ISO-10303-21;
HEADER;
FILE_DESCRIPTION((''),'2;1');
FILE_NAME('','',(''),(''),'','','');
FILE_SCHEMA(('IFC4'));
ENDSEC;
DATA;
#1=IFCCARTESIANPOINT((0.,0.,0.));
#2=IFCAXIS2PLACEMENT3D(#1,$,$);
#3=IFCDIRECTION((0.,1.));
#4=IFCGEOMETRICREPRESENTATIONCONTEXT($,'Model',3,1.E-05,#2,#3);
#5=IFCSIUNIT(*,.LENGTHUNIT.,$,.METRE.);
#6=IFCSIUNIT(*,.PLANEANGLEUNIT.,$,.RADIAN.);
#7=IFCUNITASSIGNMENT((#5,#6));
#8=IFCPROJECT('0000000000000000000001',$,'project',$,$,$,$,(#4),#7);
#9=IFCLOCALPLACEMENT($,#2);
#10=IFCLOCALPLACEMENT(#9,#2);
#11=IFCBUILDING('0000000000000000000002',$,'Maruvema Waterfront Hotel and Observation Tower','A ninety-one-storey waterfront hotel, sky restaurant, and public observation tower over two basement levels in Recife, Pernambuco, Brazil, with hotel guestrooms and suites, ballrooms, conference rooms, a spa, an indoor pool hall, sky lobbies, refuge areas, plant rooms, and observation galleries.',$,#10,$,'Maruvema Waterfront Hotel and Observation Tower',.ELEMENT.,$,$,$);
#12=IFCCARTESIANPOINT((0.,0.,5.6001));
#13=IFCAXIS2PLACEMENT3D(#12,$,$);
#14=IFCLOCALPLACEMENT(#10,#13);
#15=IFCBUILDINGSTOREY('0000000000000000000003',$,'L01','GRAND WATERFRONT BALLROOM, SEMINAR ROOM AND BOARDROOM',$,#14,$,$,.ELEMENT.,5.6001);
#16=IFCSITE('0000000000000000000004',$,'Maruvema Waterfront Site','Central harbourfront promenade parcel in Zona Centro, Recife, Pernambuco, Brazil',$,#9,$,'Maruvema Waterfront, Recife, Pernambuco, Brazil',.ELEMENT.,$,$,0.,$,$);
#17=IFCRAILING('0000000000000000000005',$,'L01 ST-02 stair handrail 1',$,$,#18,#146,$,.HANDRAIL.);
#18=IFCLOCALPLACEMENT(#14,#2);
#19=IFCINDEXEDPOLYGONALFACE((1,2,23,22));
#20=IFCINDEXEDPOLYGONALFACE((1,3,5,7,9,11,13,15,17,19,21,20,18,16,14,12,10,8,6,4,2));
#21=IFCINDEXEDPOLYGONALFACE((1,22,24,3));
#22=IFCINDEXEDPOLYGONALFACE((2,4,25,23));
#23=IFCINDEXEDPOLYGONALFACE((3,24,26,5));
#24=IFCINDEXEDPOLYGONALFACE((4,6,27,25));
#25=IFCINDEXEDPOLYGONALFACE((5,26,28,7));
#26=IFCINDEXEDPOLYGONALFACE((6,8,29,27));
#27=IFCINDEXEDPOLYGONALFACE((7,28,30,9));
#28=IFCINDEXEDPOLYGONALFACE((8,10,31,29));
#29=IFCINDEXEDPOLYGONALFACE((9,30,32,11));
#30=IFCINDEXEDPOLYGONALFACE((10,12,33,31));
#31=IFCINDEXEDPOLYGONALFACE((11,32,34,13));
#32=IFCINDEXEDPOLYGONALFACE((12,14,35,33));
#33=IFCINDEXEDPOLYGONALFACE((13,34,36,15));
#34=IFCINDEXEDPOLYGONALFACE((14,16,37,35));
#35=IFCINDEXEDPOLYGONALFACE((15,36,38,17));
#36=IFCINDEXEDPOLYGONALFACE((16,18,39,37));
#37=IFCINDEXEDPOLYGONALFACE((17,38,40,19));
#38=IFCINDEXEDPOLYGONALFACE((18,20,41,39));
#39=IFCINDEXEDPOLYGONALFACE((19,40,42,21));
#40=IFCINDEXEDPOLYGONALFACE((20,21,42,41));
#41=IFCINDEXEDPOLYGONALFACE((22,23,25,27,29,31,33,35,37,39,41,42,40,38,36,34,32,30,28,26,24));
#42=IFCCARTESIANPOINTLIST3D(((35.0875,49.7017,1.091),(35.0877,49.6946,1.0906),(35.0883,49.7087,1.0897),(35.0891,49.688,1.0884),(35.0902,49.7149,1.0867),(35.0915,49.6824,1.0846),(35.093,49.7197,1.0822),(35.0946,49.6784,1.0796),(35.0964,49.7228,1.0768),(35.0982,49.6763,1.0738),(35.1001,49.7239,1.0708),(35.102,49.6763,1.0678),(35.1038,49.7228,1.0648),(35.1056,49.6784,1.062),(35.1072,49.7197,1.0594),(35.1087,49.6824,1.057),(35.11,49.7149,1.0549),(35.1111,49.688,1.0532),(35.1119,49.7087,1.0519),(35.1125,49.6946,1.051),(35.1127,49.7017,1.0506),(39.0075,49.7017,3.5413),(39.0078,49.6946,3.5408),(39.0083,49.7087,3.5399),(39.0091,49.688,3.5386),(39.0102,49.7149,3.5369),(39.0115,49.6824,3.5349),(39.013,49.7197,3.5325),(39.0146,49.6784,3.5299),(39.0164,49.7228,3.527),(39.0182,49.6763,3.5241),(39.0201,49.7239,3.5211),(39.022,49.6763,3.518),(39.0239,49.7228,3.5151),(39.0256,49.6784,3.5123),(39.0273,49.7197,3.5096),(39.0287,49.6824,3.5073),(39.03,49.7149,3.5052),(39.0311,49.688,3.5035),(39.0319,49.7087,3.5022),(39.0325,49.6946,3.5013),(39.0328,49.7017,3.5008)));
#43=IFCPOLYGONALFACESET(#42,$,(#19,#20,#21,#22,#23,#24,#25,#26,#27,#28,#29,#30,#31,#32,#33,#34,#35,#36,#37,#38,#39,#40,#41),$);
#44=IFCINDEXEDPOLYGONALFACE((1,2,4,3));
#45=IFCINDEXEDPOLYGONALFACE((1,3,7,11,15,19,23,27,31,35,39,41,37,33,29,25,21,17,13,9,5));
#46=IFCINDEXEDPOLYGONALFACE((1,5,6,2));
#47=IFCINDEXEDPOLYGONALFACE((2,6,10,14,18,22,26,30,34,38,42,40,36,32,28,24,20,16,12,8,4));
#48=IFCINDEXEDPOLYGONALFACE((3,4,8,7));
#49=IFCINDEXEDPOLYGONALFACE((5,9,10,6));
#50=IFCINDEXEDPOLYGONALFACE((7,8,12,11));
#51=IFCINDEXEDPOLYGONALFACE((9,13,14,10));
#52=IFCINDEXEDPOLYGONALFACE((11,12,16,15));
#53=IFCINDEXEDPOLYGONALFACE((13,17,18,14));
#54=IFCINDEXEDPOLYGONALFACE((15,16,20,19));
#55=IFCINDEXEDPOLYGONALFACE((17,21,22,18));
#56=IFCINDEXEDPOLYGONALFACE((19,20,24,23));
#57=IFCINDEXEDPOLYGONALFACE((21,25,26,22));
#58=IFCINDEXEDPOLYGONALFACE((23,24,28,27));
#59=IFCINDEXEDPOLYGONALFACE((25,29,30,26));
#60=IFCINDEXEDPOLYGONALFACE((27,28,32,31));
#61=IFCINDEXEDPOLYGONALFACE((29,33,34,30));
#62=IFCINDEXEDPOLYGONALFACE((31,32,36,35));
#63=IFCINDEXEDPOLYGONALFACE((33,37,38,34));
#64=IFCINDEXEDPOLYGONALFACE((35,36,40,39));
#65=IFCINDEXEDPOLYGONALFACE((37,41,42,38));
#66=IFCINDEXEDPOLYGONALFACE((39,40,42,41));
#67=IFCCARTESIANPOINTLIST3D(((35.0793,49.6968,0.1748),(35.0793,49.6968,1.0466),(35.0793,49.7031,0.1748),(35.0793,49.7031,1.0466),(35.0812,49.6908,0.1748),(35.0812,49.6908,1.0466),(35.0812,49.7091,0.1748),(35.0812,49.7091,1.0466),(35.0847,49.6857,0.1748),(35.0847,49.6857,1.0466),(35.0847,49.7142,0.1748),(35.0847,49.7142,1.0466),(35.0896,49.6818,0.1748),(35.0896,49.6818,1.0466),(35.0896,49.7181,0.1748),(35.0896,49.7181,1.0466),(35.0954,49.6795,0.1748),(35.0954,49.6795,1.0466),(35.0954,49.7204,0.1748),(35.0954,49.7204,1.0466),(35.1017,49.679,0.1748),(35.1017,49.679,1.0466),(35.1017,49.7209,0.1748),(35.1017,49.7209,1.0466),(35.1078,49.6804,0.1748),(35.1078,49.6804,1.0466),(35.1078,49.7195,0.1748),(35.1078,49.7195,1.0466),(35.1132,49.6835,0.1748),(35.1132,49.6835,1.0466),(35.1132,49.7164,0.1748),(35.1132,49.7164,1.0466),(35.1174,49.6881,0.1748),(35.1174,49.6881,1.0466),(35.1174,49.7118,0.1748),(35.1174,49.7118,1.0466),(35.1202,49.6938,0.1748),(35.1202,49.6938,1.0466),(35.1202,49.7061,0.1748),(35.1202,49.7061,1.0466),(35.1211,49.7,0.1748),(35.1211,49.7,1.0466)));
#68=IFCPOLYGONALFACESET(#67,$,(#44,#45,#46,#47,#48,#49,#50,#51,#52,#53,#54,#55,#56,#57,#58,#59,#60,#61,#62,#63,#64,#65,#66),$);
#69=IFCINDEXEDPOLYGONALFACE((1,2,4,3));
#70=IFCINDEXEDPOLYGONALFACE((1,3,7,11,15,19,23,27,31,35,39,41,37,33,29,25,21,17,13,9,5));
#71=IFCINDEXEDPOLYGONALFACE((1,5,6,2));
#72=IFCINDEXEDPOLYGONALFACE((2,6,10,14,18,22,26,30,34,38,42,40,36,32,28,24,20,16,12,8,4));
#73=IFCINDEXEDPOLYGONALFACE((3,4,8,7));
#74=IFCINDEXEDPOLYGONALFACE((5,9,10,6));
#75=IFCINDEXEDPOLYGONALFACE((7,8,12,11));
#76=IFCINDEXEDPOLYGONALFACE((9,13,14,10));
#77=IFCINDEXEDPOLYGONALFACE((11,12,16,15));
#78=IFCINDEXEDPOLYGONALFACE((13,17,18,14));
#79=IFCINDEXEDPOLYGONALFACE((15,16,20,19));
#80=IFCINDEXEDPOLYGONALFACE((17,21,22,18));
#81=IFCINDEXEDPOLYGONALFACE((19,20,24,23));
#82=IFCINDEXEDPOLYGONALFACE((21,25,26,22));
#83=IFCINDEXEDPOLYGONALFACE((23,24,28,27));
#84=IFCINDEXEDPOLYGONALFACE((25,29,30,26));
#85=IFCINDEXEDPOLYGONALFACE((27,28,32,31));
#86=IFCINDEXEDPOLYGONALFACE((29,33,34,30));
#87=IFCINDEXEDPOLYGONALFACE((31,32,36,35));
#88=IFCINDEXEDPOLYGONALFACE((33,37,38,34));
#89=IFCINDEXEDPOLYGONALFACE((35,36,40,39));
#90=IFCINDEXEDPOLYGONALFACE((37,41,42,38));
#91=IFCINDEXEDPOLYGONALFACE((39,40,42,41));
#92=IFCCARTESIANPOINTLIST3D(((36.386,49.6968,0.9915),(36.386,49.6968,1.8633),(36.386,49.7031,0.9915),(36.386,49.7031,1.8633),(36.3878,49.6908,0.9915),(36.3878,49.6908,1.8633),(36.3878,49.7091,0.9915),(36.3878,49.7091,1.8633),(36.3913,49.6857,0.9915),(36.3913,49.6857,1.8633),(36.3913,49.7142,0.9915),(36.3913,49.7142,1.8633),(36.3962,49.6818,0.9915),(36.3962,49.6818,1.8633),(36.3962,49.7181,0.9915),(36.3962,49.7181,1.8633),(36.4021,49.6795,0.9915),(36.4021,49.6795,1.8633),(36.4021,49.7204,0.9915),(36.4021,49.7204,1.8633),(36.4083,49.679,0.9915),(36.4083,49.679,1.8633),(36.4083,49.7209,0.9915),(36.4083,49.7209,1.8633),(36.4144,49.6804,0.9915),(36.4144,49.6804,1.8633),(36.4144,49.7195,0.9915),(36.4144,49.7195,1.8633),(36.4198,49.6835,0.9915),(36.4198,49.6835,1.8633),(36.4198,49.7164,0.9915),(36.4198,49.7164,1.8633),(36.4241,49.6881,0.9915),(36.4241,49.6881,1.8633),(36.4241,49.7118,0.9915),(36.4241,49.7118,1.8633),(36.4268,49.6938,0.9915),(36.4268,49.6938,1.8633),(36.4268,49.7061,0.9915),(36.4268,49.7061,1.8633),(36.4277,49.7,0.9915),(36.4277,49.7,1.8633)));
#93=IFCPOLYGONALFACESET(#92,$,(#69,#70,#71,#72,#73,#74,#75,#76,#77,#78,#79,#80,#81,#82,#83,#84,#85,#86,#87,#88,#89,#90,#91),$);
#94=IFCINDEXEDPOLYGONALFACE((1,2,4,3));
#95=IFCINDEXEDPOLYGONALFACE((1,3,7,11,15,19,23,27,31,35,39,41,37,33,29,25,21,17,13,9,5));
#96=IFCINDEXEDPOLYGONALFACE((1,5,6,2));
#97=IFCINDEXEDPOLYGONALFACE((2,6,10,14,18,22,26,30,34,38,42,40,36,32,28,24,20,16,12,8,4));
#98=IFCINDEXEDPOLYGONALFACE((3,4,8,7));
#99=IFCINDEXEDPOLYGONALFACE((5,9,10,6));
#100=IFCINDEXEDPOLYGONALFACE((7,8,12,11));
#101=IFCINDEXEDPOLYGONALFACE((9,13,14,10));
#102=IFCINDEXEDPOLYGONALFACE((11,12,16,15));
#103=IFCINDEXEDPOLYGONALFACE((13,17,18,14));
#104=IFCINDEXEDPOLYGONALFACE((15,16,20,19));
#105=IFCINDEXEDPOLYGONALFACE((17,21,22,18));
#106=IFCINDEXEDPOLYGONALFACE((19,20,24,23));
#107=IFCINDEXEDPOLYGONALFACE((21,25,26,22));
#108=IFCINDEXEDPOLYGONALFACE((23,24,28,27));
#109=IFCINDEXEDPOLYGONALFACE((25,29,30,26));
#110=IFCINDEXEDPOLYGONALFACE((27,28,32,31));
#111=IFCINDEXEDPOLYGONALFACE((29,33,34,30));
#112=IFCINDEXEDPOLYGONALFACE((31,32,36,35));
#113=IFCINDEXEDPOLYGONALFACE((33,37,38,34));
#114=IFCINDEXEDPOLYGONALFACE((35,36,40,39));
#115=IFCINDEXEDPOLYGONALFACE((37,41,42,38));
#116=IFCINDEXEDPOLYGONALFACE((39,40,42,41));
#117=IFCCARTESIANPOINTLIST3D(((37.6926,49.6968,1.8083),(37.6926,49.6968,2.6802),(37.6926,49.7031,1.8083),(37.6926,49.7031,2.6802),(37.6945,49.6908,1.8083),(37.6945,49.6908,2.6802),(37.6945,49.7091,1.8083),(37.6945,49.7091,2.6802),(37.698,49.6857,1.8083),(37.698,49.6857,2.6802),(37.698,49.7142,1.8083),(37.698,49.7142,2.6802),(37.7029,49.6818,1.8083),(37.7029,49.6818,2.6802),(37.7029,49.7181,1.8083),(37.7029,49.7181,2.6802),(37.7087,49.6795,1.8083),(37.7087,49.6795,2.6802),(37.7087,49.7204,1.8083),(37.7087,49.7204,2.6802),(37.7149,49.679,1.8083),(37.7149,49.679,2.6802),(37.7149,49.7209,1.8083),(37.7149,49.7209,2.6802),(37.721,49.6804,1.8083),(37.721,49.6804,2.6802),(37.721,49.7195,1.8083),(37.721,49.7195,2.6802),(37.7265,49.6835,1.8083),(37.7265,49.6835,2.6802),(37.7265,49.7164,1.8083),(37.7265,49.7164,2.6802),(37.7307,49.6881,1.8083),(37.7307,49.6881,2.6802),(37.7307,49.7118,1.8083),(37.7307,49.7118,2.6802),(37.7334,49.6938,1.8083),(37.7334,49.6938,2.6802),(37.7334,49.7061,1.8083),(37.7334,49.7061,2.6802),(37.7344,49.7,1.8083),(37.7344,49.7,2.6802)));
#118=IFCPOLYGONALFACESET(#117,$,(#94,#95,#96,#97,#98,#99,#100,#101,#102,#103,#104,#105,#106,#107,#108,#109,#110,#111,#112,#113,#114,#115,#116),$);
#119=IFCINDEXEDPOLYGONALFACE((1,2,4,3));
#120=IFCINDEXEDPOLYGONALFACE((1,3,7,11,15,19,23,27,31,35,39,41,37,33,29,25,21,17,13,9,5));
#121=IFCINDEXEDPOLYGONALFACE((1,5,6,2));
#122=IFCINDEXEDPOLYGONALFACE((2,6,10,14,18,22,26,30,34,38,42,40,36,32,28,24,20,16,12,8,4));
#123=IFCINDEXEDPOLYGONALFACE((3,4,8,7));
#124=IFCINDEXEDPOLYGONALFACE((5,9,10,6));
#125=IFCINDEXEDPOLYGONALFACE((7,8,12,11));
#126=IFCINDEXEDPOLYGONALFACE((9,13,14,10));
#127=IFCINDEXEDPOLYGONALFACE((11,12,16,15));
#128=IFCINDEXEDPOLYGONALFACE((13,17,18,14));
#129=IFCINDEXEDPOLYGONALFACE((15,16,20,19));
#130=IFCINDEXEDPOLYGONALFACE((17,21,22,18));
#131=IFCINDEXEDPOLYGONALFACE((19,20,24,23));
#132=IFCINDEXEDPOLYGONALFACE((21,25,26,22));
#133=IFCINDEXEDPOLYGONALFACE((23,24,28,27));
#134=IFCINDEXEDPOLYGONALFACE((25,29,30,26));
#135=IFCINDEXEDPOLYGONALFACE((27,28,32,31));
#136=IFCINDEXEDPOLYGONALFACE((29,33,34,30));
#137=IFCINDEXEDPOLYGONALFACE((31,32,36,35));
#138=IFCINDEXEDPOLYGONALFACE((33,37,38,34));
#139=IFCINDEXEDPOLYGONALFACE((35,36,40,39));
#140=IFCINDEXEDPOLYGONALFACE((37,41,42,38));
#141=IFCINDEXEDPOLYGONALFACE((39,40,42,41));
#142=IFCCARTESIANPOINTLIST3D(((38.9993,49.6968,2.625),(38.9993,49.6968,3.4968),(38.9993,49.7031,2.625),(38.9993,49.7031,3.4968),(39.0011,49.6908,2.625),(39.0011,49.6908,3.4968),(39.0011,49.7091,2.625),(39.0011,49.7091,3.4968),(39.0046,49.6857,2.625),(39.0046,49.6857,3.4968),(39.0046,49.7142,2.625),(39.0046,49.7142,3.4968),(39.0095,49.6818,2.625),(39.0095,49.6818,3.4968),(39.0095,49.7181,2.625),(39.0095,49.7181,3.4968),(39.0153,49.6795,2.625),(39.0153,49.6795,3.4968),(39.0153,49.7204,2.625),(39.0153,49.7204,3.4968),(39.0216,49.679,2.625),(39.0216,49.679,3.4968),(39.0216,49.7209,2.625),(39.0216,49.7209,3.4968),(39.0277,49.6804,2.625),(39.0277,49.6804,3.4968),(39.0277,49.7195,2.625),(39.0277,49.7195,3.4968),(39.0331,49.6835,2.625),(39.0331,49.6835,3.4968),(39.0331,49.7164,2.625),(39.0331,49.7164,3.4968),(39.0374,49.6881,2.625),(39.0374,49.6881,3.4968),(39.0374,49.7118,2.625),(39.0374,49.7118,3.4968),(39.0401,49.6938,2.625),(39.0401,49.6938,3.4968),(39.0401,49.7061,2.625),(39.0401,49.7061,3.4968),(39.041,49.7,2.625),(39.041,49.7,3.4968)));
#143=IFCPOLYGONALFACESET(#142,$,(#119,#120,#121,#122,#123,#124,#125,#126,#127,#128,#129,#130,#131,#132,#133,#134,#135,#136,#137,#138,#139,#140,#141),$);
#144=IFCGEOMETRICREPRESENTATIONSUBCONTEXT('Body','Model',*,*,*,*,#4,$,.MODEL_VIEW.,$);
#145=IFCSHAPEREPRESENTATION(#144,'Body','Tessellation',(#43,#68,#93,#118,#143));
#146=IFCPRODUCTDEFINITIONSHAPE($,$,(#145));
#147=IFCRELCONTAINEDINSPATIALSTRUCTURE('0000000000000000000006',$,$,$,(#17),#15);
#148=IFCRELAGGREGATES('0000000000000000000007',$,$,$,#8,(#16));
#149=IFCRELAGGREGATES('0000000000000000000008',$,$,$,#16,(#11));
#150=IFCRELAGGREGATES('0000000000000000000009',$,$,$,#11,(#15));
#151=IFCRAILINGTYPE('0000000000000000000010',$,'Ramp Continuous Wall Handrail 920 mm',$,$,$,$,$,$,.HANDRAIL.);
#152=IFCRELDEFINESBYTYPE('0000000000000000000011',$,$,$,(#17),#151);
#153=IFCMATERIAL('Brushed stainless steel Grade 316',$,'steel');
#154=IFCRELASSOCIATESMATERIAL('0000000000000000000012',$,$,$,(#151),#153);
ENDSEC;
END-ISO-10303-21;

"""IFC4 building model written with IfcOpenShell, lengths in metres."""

from ifc_helpers import new_model, si_unit, direction, frame, origin, origin_2d, place, context, subcontext, project, spatial, circle, extrude, material, type_object, element, save


model = new_model("IFC4")

# Units and contexts
model_context = context("Model", 3, precision=1e-05, world=origin(), true_north=direction((0.0, 1.0)))
body_context = subcontext(model_context, "Body", "Model", "MODEL_VIEW")
ifc_project = project(units=[si_unit("LENGTHUNIT", "METRE"), si_unit("PLANEANGLEUNIT", "RADIAN")], contexts=[model_context])

# Site, building, storey
site_placement = place(None, origin())
site = spatial("IfcSite", under=ifc_project, at=site_placement, Name="Maruvema Waterfront Site", Description="Central harbourfront promenade parcel in Zona Centro, Recife, Pernambuco, Brazil", LongName="Maruvema Waterfront, Recife, Pernambuco, Brazil", CompositionType="ELEMENT", RefElevation=0.0)
building_placement = place(site_placement, origin())
building = spatial("IfcBuilding", under=site, at=building_placement, Name="Maruvema Waterfront Hotel and Observation Tower", Description="A ninety-one-storey waterfront hotel, sky restaurant, and public observation tower over two basement levels in Recife, Pernambuco, Brazil, with hotel guestrooms and suites, ballrooms, conference rooms, a spa, an indoor pool hall, sky lobbies, refuge areas, plant rooms, and observation galleries.", LongName="Maruvema Waterfront Hotel and Observation Tower", CompositionType="ELEMENT")
storey_placement = place(building_placement, frame((0.0, 0.0, 5.6001)))
storey = spatial("IfcBuildingStorey", under=building, at=storey_placement, Name="L01", Description="GRAND WATERFRONT BALLROOM, SEMINAR ROOM AND BOARDROOM", CompositionType="ELEMENT", Elevation=5.6001)

# Railing
ifc_material_1 = material(Name="Brushed stainless steel Grade 316", Category="steel")
railing_type_1 = type_object("IfcRailingType", Name="Ramp Continuous Wall Handrail 920 mm", PredefinedType="HANDRAIL", material=ifc_material_1)
railing_1_placement = place(storey_placement, frame((35.1001, 49.7, 0.1748)))
element("IfcRailing", 1, at=railing_1_placement, inside=storey, type_object=railing_type_1, Name="L01 ST-02 stair handrail 1", PredefinedType="HANDRAIL", context=body_context, shape_type="SweptSolid", body=[
    extrude(circle(Radius=0.0239, at=origin_2d()), frame((0.0, 0.0, 0.896), z_axis=(0.847975, 0.0, 0.530037), x_axis=(0.0, 1.0, 0.0)), (0.0, 0.0, 1.0), 4.6228),
    extrude(circle(Radius=0.021, at=origin_2d()), origin(), (0.0, 0.0, 1.0), 0.8718),
    extrude(circle(Radius=0.021, at=origin_2d()), frame((1.3066, 0.0, 0.8167)), (0.0, 0.0, 1.0), 0.8718),
    extrude(circle(Radius=0.021, at=origin_2d()), frame((2.6133, 0.0, 1.6335)), (0.0, 0.0, 1.0), 0.8718),
    extrude(circle(Radius=0.021, at=origin_2d()), frame((3.9199, 0.0, 2.4502)), (0.0, 0.0, 1.0), 0.8718),
])

save(model, "model.ifc")
